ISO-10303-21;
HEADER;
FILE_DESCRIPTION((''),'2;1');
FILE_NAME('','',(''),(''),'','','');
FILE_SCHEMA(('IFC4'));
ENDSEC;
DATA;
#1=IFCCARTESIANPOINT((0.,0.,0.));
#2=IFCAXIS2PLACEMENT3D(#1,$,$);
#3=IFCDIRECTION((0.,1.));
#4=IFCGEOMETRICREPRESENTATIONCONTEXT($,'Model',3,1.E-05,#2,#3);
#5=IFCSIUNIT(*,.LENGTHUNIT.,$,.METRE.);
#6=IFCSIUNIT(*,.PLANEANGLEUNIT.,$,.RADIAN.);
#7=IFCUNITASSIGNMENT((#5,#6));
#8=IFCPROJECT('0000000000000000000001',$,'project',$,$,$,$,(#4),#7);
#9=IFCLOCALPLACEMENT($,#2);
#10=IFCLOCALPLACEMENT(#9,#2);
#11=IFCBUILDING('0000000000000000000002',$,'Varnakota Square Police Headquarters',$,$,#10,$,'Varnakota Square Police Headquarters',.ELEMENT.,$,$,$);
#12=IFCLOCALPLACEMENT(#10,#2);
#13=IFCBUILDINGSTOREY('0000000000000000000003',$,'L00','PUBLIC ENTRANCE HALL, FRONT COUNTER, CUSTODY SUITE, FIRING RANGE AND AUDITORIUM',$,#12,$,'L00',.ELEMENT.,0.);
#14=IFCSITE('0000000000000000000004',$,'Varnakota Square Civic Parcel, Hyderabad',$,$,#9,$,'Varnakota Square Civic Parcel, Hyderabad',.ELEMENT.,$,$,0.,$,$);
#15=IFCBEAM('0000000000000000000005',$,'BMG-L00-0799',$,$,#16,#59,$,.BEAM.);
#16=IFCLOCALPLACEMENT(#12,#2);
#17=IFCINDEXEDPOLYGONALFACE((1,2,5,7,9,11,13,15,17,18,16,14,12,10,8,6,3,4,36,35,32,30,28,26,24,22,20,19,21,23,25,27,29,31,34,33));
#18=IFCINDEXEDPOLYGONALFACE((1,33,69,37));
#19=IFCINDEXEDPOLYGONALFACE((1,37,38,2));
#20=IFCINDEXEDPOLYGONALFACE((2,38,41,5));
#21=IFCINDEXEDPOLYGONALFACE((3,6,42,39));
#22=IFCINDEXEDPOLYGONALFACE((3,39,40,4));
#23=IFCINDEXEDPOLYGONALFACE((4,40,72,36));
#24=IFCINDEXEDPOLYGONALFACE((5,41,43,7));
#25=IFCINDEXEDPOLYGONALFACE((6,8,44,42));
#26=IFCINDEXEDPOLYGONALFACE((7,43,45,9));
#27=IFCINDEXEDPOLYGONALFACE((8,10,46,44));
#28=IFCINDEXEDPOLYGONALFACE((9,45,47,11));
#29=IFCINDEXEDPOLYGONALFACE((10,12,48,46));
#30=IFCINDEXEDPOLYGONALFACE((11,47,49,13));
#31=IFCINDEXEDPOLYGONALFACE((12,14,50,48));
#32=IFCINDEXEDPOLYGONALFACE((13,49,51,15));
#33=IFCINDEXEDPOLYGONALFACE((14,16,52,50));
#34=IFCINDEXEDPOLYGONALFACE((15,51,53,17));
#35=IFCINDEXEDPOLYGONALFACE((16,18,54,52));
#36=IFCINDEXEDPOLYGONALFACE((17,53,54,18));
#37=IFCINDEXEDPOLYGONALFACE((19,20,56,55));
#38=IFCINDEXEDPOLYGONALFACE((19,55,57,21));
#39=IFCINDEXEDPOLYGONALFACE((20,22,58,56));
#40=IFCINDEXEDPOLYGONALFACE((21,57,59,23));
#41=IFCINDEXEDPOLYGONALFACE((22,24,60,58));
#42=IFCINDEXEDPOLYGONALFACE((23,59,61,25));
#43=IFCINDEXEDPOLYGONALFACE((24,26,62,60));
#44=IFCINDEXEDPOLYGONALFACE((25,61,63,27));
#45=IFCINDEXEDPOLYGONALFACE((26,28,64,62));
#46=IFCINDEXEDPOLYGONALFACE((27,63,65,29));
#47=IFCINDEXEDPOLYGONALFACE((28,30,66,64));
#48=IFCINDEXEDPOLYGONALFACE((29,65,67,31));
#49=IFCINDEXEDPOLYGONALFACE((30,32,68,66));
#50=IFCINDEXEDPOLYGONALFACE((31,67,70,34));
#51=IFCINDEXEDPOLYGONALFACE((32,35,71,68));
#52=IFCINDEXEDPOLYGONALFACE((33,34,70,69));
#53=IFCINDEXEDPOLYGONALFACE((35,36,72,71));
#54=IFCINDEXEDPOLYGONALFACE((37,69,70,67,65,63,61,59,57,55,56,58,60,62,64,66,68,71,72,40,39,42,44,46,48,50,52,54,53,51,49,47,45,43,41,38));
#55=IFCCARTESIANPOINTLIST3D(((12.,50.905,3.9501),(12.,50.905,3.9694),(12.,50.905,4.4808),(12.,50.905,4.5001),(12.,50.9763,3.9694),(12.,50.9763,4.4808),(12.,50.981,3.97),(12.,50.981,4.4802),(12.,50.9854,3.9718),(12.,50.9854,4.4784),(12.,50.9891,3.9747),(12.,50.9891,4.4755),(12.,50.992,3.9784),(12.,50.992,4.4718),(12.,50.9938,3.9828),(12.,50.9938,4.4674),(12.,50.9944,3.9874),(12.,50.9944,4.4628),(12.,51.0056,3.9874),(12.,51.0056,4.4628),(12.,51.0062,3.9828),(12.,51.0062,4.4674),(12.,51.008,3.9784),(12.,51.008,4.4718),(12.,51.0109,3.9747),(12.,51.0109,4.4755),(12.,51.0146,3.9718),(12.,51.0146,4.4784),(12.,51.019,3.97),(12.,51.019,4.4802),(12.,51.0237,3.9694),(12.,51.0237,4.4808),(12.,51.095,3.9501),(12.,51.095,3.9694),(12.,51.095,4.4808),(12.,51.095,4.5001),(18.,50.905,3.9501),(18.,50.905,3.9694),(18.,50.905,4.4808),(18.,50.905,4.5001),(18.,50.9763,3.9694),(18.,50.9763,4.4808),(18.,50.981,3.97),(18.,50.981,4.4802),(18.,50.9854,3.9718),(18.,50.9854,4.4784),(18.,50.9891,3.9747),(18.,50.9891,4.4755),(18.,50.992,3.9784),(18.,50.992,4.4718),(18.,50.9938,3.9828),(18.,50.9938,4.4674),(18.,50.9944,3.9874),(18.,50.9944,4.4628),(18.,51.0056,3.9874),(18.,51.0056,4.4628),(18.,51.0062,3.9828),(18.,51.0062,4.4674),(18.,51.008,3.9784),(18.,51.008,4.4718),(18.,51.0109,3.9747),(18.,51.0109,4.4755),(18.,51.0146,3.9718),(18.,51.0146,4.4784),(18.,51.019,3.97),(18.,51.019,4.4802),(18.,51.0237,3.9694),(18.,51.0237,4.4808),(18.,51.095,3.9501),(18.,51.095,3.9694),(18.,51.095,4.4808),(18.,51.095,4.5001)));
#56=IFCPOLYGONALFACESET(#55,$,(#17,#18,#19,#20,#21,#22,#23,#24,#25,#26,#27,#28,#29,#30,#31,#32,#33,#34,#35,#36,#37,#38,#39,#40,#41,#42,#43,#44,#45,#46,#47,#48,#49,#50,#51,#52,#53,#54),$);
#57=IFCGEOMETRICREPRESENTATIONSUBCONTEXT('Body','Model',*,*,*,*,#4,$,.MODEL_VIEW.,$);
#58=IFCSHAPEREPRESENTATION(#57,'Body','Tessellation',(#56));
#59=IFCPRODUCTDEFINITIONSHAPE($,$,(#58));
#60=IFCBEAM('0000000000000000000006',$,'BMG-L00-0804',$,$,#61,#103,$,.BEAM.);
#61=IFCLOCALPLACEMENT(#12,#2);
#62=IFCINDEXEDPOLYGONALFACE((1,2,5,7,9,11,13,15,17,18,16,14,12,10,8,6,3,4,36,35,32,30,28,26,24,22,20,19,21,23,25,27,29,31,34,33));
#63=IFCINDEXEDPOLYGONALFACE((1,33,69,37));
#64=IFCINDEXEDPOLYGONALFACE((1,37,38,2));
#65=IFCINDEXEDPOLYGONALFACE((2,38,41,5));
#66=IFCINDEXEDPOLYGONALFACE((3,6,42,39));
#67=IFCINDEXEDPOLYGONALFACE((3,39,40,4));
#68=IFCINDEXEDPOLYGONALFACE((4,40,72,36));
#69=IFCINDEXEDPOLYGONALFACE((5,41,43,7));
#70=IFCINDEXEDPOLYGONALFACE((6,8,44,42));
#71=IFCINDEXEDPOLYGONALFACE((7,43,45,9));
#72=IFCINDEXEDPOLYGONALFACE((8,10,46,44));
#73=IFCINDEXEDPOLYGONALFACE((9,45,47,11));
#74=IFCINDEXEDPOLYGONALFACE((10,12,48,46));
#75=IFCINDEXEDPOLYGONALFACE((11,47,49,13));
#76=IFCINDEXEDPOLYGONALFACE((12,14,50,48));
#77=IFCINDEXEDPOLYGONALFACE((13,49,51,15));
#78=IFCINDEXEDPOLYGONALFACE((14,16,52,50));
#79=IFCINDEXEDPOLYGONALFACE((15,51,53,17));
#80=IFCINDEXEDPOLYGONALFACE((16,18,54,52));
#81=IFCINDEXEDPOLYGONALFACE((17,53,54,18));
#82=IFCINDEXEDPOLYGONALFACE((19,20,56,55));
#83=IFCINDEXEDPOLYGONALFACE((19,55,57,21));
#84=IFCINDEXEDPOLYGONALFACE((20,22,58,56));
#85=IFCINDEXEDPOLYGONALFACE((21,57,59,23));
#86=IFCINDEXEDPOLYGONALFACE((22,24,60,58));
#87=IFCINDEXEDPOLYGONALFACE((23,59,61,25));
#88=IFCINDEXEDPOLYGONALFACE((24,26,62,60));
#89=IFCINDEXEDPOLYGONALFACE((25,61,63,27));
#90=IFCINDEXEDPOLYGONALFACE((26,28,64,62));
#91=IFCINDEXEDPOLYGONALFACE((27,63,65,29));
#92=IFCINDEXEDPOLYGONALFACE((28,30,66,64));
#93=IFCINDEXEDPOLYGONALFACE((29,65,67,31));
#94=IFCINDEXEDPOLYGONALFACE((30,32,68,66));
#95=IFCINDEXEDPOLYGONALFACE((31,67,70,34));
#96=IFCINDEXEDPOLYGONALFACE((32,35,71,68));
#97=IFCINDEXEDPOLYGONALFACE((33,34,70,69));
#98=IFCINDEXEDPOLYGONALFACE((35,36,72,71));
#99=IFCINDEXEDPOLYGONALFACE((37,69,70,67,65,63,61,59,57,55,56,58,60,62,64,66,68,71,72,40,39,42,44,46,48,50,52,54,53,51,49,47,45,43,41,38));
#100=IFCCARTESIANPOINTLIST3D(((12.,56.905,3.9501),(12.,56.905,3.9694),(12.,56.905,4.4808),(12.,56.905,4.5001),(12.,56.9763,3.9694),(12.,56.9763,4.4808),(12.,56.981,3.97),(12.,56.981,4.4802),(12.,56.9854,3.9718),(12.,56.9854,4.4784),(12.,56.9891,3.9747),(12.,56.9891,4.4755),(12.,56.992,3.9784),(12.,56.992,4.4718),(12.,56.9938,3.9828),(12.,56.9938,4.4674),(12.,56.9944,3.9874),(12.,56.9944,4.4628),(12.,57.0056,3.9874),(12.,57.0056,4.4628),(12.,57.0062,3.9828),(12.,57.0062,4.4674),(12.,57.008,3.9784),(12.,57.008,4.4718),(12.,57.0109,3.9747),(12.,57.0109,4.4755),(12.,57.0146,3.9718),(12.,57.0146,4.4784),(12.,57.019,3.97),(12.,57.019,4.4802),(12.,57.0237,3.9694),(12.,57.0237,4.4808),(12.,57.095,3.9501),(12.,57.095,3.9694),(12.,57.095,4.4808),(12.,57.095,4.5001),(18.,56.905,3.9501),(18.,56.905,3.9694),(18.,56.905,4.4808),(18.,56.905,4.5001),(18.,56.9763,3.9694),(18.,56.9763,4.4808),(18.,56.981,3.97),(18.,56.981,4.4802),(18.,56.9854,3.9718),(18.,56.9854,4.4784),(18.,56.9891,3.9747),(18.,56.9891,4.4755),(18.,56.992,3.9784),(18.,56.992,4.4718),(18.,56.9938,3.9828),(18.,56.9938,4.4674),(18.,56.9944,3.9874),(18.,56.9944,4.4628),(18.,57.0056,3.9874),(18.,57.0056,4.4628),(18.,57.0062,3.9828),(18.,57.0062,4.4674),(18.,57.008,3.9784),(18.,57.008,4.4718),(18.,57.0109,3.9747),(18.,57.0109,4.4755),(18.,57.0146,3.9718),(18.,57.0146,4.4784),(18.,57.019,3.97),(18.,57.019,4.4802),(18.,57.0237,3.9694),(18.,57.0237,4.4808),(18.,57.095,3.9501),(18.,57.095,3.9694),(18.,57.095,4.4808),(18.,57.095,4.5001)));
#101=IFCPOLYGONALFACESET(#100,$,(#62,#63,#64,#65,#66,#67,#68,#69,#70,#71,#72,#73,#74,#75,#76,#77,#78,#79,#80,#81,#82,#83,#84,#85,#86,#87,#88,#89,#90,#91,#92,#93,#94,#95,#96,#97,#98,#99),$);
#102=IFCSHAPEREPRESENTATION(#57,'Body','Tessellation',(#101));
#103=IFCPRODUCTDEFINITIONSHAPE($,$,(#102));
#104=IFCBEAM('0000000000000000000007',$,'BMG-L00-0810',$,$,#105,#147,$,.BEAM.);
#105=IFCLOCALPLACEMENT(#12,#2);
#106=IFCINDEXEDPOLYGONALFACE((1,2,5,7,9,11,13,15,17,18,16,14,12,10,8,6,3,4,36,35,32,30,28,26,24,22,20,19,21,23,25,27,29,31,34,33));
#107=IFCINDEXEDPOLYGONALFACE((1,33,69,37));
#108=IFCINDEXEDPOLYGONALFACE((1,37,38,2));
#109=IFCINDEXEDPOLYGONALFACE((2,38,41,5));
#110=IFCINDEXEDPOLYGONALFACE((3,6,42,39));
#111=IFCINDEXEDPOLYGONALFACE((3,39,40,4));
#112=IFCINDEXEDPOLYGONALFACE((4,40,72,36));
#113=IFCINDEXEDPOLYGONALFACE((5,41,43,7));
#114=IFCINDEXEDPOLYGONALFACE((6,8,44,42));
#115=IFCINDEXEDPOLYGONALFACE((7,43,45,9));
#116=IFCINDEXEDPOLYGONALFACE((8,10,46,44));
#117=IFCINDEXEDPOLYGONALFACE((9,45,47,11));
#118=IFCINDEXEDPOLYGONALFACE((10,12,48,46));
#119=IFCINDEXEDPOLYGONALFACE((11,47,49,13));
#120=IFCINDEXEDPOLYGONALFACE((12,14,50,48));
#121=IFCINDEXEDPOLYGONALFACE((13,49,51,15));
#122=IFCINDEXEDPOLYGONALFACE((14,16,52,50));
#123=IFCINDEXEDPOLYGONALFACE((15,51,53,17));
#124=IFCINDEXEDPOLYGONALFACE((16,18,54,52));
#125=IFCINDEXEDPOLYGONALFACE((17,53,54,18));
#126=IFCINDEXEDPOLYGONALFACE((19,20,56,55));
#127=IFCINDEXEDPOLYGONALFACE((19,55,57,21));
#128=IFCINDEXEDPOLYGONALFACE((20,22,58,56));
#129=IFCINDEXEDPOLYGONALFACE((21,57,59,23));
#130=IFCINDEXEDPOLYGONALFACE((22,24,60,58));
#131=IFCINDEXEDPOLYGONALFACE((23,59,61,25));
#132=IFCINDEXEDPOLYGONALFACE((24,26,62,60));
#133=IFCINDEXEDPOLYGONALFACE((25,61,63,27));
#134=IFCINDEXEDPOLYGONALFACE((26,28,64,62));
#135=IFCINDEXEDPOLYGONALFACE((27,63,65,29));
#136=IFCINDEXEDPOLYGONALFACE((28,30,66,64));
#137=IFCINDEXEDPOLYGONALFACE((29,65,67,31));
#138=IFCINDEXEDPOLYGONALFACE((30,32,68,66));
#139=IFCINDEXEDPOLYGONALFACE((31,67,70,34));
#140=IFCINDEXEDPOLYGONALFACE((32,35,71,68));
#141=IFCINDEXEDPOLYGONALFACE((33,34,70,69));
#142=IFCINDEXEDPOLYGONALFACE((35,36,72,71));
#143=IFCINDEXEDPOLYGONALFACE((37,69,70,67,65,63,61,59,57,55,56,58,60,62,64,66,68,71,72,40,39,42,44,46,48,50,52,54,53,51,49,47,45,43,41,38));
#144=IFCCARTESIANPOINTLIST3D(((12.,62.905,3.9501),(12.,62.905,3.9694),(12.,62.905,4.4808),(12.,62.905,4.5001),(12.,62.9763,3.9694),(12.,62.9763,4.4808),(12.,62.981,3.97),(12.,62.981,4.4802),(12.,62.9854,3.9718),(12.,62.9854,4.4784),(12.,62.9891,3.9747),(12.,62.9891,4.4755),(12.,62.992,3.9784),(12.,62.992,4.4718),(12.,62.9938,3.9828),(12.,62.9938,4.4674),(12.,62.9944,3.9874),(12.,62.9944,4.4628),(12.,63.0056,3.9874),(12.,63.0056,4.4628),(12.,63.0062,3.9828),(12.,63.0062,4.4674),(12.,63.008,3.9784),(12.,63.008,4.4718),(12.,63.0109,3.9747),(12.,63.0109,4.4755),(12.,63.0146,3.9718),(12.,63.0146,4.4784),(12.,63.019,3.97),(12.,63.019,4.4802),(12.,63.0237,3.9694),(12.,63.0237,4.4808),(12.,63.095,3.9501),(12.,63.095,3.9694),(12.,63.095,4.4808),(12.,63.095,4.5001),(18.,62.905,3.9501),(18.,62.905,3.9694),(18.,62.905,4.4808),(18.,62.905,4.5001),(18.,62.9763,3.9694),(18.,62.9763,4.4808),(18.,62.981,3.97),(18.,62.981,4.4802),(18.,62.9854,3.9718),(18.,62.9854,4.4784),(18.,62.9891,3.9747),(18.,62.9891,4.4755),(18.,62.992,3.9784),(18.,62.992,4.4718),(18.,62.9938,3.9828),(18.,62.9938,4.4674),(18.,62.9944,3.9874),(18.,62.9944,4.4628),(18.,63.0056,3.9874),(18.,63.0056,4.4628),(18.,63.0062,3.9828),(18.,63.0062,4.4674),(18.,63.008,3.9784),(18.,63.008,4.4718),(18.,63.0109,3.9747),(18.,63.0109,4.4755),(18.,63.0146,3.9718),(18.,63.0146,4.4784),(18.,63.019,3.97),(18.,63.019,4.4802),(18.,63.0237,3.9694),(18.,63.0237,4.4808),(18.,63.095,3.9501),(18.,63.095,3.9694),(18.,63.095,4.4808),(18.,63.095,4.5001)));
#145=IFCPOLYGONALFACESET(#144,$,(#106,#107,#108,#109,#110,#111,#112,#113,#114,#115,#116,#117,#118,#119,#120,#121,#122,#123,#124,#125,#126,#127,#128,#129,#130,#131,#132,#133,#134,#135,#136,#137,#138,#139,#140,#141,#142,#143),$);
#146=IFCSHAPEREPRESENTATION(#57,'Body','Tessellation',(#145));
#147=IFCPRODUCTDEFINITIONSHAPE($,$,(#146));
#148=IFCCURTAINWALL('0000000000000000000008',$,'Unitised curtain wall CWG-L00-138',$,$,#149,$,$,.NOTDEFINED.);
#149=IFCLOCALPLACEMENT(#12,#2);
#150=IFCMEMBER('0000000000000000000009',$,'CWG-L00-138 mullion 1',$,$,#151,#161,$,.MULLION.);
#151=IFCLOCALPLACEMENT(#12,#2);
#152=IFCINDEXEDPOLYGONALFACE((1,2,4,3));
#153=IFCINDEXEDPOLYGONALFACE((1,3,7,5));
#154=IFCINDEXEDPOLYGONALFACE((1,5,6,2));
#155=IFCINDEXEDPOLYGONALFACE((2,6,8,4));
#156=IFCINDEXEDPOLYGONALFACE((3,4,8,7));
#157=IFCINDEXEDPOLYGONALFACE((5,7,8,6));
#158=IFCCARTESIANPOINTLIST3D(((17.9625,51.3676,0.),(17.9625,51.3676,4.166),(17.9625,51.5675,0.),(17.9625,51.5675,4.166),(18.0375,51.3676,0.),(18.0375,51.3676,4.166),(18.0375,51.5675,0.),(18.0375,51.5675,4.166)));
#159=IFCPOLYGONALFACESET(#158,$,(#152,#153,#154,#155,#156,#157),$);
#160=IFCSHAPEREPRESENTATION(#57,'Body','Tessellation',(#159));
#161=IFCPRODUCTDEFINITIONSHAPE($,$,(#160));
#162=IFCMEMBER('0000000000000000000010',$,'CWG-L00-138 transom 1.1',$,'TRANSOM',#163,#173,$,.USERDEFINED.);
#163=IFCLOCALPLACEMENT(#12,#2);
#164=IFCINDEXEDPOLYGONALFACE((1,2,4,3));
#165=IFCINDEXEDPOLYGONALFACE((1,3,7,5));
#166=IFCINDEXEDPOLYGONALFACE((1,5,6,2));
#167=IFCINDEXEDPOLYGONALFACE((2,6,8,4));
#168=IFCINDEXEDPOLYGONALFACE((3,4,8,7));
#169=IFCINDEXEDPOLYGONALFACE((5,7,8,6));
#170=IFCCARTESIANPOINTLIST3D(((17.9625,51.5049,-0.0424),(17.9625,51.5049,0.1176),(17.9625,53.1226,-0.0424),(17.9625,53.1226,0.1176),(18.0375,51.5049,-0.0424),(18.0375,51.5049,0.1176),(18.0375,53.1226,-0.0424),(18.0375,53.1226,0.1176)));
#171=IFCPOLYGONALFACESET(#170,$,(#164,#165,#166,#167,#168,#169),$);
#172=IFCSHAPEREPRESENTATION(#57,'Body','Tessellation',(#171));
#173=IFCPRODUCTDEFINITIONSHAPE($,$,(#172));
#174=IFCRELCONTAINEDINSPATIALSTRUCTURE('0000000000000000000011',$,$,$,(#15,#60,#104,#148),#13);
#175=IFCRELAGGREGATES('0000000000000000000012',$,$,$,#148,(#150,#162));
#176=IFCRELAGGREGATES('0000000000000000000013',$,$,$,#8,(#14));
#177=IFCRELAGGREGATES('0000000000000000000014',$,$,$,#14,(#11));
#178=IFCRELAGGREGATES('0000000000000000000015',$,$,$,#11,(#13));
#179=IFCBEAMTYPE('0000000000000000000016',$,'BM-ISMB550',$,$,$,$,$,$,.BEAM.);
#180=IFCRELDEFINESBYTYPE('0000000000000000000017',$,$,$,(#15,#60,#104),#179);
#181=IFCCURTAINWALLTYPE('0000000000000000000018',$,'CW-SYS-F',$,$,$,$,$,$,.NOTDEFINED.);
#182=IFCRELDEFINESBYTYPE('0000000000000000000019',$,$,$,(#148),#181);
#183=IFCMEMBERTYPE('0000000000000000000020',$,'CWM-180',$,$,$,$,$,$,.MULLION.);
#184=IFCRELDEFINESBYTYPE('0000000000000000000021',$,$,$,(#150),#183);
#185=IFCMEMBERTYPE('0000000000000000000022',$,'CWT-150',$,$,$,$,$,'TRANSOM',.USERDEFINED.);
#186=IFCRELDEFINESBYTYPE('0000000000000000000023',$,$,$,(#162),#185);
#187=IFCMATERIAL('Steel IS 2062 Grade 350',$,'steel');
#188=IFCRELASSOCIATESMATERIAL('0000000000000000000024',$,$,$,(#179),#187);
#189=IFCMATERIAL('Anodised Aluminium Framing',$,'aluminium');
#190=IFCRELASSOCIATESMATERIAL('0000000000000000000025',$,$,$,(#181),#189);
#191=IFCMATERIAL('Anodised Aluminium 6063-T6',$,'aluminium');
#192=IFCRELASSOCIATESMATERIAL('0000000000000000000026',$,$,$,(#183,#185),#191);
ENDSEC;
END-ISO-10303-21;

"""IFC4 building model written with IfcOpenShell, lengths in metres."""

from ifc_helpers import new_model, si_unit, direction, frame, origin, origin_2d, place, context, subcontext, project, spatial, rectangle, i_section, extrude, material, material_profile, profile_set, type_object, element, aggregate, save


model = new_model("IFC4")

# Units and contexts
model_context = context("Model", 3, precision=1e-05, world=origin(), true_north=direction((0.0, 1.0)))
body_context = subcontext(model_context, "Body", "Model", "MODEL_VIEW")
ifc_project = project(units=[si_unit("LENGTHUNIT", "METRE"), si_unit("PLANEANGLEUNIT", "RADIAN")], contexts=[model_context])

# Site, building, storey
site_placement = place(None, origin())
site = spatial("IfcSite", under=ifc_project, at=site_placement, Name="Varnakota Square Civic Parcel, Hyderabad", LongName="Varnakota Square Civic Parcel, Hyderabad", CompositionType="ELEMENT", RefElevation=0.0)
building_placement = place(site_placement, origin())
building = spatial("IfcBuilding", under=site, at=building_placement, Name="Varnakota Square Police Headquarters", LongName="Varnakota Square Police Headquarters", CompositionType="ELEMENT")
storey_placement = place(building_placement, origin())
storey = spatial("IfcBuildingStorey", under=building, at=storey_placement, Name="L00", Description="PUBLIC ENTRANCE HALL, FRONT COUNTER, CUSTODY SUITE, FIRING RANGE AND AUDITORIUM", LongName="L00", CompositionType="ELEMENT", Elevation=0.0)

# Beams
ifc_material_1 = material(Name="Steel IS 2062 Grade 350", Category="steel")
ifc_material_profile_1 = material_profile(ifc_material_1, i_section(OverallWidth=0.1899, OverallDepth=0.55, WebThickness=0.0112, FlangeThickness=0.0193, FilletRadius=0.0181, at=origin_2d()), Name="ISMB 550")
ifc_profile_set_1 = profile_set([ifc_material_profile_1], Name="Steel IS 2062 Grade 350")
beam_type_1 = type_object("IfcBeamType", Name="BM-ISMB550", PredefinedType="BEAM", material=ifc_profile_set_1)
for number, where, z_axis, x_axis, name in (
    (1, (12.0, 51.0, 4.2251), (1.0, 0.0, 0.0), (0.0, 1.0, 0.0), "BMG-L00-0799"),
    (2, (12.0, 57.0, 4.2251), (1.0, 0.0, 0.0), (0.0, 1.0, 0.0), "BMG-L00-0804"),
    (3, (12.0, 63.0, 4.2251), (1.0, 0.0, 0.0), (0.0, 1.0, 0.0), "BMG-L00-0810"),
):
    element("IfcBeam", number, at=place(storey_placement, frame(where, z_axis=z_axis, x_axis=x_axis)), inside=storey, type_object=beam_type_1, Name=name, PredefinedType="BEAM", context=body_context, shape_type="SweptSolid", body=[
        extrude(i_section(OverallWidth=0.1899, OverallDepth=0.55, WebThickness=0.0112, FlangeThickness=0.0193, FilletRadius=0.0181, at=origin_2d()), origin(), (0.0, 0.0, 1.0), 6.0),
    ])

# Curtain wall, members
ifc_material_2 = material(Name="Anodised Aluminium Framing", Category="aluminium")
curtain_wall_type = type_object("IfcCurtainWallType", Name="CW-SYS-F", PredefinedType="NOTDEFINED", material=ifc_material_2)
curtain_wall_placement = place(storey_placement, origin())
curtain_wall = element("IfcCurtainWall", 4, at=curtain_wall_placement, inside=storey, type_object=curtain_wall_type, Name="Unitised curtain wall CWG-L00-138", PredefinedType="NOTDEFINED")
ifc_material_3 = material(Name="Anodised Aluminium 6063-T6", Category="aluminium")
ifc_material_profile_2 = material_profile(ifc_material_3, rectangle(XDim=0.075, YDim=0.2, at=origin_2d()), Name="ALU MULLION 75x200")
ifc_profile_set_2 = profile_set([ifc_material_profile_2], Name="Anodised Aluminium 6063-T6")
member_type_1 = type_object("IfcMemberType", Name="CWM-180", PredefinedType="MULLION", material=ifc_profile_set_2)
member_1_placement = place(storey_placement, frame((18.0, 51.4675, 0.0), z_axis=(0.0, 0.0, 1.0), x_axis=(-1.0, 0.0, 0.0)))
member_1 = element("IfcMember", 5, at=member_1_placement, type_object=member_type_1, Name="CWG-L00-138 mullion 1", PredefinedType="MULLION", context=body_context, shape_type="SweptSolid", body=[
    extrude(rectangle(XDim=0.075, YDim=0.2, at=origin_2d()), origin(), (0.0, 0.0, 1.0), 4.166),
])
ifc_material_profile_3 = material_profile(ifc_material_3, rectangle(XDim=0.075, YDim=0.1599, at=origin_2d()), Name="ALU TRANSOM 75x160")
ifc_profile_set_3 = profile_set([ifc_material_profile_3], Name="Anodised Aluminium 6063-T6")
member_type_2 = type_object("IfcMemberType", Name="CWT-150", ElementType="TRANSOM", PredefinedType="USERDEFINED", material=ifc_profile_set_3)
member_2_placement = place(storey_placement, frame((18.0, 51.5049, 0.0376), z_axis=(0.0, 1.0, 0.0), x_axis=(-1.0, 0.0, 0.0)))
member_2 = element("IfcMember", 6, at=member_2_placement, type_object=member_type_2, Name="CWG-L00-138 transom 1.1", ObjectType="TRANSOM", PredefinedType="USERDEFINED", context=body_context, shape_type="SweptSolid", body=[
    extrude(rectangle(XDim=0.075, YDim=0.1599, at=origin_2d()), origin(), (0.0, 0.0, 1.0), 1.6177),
])
aggregate(curtain_wall, [member_1, member_2])

save(model, "model.ifc")
